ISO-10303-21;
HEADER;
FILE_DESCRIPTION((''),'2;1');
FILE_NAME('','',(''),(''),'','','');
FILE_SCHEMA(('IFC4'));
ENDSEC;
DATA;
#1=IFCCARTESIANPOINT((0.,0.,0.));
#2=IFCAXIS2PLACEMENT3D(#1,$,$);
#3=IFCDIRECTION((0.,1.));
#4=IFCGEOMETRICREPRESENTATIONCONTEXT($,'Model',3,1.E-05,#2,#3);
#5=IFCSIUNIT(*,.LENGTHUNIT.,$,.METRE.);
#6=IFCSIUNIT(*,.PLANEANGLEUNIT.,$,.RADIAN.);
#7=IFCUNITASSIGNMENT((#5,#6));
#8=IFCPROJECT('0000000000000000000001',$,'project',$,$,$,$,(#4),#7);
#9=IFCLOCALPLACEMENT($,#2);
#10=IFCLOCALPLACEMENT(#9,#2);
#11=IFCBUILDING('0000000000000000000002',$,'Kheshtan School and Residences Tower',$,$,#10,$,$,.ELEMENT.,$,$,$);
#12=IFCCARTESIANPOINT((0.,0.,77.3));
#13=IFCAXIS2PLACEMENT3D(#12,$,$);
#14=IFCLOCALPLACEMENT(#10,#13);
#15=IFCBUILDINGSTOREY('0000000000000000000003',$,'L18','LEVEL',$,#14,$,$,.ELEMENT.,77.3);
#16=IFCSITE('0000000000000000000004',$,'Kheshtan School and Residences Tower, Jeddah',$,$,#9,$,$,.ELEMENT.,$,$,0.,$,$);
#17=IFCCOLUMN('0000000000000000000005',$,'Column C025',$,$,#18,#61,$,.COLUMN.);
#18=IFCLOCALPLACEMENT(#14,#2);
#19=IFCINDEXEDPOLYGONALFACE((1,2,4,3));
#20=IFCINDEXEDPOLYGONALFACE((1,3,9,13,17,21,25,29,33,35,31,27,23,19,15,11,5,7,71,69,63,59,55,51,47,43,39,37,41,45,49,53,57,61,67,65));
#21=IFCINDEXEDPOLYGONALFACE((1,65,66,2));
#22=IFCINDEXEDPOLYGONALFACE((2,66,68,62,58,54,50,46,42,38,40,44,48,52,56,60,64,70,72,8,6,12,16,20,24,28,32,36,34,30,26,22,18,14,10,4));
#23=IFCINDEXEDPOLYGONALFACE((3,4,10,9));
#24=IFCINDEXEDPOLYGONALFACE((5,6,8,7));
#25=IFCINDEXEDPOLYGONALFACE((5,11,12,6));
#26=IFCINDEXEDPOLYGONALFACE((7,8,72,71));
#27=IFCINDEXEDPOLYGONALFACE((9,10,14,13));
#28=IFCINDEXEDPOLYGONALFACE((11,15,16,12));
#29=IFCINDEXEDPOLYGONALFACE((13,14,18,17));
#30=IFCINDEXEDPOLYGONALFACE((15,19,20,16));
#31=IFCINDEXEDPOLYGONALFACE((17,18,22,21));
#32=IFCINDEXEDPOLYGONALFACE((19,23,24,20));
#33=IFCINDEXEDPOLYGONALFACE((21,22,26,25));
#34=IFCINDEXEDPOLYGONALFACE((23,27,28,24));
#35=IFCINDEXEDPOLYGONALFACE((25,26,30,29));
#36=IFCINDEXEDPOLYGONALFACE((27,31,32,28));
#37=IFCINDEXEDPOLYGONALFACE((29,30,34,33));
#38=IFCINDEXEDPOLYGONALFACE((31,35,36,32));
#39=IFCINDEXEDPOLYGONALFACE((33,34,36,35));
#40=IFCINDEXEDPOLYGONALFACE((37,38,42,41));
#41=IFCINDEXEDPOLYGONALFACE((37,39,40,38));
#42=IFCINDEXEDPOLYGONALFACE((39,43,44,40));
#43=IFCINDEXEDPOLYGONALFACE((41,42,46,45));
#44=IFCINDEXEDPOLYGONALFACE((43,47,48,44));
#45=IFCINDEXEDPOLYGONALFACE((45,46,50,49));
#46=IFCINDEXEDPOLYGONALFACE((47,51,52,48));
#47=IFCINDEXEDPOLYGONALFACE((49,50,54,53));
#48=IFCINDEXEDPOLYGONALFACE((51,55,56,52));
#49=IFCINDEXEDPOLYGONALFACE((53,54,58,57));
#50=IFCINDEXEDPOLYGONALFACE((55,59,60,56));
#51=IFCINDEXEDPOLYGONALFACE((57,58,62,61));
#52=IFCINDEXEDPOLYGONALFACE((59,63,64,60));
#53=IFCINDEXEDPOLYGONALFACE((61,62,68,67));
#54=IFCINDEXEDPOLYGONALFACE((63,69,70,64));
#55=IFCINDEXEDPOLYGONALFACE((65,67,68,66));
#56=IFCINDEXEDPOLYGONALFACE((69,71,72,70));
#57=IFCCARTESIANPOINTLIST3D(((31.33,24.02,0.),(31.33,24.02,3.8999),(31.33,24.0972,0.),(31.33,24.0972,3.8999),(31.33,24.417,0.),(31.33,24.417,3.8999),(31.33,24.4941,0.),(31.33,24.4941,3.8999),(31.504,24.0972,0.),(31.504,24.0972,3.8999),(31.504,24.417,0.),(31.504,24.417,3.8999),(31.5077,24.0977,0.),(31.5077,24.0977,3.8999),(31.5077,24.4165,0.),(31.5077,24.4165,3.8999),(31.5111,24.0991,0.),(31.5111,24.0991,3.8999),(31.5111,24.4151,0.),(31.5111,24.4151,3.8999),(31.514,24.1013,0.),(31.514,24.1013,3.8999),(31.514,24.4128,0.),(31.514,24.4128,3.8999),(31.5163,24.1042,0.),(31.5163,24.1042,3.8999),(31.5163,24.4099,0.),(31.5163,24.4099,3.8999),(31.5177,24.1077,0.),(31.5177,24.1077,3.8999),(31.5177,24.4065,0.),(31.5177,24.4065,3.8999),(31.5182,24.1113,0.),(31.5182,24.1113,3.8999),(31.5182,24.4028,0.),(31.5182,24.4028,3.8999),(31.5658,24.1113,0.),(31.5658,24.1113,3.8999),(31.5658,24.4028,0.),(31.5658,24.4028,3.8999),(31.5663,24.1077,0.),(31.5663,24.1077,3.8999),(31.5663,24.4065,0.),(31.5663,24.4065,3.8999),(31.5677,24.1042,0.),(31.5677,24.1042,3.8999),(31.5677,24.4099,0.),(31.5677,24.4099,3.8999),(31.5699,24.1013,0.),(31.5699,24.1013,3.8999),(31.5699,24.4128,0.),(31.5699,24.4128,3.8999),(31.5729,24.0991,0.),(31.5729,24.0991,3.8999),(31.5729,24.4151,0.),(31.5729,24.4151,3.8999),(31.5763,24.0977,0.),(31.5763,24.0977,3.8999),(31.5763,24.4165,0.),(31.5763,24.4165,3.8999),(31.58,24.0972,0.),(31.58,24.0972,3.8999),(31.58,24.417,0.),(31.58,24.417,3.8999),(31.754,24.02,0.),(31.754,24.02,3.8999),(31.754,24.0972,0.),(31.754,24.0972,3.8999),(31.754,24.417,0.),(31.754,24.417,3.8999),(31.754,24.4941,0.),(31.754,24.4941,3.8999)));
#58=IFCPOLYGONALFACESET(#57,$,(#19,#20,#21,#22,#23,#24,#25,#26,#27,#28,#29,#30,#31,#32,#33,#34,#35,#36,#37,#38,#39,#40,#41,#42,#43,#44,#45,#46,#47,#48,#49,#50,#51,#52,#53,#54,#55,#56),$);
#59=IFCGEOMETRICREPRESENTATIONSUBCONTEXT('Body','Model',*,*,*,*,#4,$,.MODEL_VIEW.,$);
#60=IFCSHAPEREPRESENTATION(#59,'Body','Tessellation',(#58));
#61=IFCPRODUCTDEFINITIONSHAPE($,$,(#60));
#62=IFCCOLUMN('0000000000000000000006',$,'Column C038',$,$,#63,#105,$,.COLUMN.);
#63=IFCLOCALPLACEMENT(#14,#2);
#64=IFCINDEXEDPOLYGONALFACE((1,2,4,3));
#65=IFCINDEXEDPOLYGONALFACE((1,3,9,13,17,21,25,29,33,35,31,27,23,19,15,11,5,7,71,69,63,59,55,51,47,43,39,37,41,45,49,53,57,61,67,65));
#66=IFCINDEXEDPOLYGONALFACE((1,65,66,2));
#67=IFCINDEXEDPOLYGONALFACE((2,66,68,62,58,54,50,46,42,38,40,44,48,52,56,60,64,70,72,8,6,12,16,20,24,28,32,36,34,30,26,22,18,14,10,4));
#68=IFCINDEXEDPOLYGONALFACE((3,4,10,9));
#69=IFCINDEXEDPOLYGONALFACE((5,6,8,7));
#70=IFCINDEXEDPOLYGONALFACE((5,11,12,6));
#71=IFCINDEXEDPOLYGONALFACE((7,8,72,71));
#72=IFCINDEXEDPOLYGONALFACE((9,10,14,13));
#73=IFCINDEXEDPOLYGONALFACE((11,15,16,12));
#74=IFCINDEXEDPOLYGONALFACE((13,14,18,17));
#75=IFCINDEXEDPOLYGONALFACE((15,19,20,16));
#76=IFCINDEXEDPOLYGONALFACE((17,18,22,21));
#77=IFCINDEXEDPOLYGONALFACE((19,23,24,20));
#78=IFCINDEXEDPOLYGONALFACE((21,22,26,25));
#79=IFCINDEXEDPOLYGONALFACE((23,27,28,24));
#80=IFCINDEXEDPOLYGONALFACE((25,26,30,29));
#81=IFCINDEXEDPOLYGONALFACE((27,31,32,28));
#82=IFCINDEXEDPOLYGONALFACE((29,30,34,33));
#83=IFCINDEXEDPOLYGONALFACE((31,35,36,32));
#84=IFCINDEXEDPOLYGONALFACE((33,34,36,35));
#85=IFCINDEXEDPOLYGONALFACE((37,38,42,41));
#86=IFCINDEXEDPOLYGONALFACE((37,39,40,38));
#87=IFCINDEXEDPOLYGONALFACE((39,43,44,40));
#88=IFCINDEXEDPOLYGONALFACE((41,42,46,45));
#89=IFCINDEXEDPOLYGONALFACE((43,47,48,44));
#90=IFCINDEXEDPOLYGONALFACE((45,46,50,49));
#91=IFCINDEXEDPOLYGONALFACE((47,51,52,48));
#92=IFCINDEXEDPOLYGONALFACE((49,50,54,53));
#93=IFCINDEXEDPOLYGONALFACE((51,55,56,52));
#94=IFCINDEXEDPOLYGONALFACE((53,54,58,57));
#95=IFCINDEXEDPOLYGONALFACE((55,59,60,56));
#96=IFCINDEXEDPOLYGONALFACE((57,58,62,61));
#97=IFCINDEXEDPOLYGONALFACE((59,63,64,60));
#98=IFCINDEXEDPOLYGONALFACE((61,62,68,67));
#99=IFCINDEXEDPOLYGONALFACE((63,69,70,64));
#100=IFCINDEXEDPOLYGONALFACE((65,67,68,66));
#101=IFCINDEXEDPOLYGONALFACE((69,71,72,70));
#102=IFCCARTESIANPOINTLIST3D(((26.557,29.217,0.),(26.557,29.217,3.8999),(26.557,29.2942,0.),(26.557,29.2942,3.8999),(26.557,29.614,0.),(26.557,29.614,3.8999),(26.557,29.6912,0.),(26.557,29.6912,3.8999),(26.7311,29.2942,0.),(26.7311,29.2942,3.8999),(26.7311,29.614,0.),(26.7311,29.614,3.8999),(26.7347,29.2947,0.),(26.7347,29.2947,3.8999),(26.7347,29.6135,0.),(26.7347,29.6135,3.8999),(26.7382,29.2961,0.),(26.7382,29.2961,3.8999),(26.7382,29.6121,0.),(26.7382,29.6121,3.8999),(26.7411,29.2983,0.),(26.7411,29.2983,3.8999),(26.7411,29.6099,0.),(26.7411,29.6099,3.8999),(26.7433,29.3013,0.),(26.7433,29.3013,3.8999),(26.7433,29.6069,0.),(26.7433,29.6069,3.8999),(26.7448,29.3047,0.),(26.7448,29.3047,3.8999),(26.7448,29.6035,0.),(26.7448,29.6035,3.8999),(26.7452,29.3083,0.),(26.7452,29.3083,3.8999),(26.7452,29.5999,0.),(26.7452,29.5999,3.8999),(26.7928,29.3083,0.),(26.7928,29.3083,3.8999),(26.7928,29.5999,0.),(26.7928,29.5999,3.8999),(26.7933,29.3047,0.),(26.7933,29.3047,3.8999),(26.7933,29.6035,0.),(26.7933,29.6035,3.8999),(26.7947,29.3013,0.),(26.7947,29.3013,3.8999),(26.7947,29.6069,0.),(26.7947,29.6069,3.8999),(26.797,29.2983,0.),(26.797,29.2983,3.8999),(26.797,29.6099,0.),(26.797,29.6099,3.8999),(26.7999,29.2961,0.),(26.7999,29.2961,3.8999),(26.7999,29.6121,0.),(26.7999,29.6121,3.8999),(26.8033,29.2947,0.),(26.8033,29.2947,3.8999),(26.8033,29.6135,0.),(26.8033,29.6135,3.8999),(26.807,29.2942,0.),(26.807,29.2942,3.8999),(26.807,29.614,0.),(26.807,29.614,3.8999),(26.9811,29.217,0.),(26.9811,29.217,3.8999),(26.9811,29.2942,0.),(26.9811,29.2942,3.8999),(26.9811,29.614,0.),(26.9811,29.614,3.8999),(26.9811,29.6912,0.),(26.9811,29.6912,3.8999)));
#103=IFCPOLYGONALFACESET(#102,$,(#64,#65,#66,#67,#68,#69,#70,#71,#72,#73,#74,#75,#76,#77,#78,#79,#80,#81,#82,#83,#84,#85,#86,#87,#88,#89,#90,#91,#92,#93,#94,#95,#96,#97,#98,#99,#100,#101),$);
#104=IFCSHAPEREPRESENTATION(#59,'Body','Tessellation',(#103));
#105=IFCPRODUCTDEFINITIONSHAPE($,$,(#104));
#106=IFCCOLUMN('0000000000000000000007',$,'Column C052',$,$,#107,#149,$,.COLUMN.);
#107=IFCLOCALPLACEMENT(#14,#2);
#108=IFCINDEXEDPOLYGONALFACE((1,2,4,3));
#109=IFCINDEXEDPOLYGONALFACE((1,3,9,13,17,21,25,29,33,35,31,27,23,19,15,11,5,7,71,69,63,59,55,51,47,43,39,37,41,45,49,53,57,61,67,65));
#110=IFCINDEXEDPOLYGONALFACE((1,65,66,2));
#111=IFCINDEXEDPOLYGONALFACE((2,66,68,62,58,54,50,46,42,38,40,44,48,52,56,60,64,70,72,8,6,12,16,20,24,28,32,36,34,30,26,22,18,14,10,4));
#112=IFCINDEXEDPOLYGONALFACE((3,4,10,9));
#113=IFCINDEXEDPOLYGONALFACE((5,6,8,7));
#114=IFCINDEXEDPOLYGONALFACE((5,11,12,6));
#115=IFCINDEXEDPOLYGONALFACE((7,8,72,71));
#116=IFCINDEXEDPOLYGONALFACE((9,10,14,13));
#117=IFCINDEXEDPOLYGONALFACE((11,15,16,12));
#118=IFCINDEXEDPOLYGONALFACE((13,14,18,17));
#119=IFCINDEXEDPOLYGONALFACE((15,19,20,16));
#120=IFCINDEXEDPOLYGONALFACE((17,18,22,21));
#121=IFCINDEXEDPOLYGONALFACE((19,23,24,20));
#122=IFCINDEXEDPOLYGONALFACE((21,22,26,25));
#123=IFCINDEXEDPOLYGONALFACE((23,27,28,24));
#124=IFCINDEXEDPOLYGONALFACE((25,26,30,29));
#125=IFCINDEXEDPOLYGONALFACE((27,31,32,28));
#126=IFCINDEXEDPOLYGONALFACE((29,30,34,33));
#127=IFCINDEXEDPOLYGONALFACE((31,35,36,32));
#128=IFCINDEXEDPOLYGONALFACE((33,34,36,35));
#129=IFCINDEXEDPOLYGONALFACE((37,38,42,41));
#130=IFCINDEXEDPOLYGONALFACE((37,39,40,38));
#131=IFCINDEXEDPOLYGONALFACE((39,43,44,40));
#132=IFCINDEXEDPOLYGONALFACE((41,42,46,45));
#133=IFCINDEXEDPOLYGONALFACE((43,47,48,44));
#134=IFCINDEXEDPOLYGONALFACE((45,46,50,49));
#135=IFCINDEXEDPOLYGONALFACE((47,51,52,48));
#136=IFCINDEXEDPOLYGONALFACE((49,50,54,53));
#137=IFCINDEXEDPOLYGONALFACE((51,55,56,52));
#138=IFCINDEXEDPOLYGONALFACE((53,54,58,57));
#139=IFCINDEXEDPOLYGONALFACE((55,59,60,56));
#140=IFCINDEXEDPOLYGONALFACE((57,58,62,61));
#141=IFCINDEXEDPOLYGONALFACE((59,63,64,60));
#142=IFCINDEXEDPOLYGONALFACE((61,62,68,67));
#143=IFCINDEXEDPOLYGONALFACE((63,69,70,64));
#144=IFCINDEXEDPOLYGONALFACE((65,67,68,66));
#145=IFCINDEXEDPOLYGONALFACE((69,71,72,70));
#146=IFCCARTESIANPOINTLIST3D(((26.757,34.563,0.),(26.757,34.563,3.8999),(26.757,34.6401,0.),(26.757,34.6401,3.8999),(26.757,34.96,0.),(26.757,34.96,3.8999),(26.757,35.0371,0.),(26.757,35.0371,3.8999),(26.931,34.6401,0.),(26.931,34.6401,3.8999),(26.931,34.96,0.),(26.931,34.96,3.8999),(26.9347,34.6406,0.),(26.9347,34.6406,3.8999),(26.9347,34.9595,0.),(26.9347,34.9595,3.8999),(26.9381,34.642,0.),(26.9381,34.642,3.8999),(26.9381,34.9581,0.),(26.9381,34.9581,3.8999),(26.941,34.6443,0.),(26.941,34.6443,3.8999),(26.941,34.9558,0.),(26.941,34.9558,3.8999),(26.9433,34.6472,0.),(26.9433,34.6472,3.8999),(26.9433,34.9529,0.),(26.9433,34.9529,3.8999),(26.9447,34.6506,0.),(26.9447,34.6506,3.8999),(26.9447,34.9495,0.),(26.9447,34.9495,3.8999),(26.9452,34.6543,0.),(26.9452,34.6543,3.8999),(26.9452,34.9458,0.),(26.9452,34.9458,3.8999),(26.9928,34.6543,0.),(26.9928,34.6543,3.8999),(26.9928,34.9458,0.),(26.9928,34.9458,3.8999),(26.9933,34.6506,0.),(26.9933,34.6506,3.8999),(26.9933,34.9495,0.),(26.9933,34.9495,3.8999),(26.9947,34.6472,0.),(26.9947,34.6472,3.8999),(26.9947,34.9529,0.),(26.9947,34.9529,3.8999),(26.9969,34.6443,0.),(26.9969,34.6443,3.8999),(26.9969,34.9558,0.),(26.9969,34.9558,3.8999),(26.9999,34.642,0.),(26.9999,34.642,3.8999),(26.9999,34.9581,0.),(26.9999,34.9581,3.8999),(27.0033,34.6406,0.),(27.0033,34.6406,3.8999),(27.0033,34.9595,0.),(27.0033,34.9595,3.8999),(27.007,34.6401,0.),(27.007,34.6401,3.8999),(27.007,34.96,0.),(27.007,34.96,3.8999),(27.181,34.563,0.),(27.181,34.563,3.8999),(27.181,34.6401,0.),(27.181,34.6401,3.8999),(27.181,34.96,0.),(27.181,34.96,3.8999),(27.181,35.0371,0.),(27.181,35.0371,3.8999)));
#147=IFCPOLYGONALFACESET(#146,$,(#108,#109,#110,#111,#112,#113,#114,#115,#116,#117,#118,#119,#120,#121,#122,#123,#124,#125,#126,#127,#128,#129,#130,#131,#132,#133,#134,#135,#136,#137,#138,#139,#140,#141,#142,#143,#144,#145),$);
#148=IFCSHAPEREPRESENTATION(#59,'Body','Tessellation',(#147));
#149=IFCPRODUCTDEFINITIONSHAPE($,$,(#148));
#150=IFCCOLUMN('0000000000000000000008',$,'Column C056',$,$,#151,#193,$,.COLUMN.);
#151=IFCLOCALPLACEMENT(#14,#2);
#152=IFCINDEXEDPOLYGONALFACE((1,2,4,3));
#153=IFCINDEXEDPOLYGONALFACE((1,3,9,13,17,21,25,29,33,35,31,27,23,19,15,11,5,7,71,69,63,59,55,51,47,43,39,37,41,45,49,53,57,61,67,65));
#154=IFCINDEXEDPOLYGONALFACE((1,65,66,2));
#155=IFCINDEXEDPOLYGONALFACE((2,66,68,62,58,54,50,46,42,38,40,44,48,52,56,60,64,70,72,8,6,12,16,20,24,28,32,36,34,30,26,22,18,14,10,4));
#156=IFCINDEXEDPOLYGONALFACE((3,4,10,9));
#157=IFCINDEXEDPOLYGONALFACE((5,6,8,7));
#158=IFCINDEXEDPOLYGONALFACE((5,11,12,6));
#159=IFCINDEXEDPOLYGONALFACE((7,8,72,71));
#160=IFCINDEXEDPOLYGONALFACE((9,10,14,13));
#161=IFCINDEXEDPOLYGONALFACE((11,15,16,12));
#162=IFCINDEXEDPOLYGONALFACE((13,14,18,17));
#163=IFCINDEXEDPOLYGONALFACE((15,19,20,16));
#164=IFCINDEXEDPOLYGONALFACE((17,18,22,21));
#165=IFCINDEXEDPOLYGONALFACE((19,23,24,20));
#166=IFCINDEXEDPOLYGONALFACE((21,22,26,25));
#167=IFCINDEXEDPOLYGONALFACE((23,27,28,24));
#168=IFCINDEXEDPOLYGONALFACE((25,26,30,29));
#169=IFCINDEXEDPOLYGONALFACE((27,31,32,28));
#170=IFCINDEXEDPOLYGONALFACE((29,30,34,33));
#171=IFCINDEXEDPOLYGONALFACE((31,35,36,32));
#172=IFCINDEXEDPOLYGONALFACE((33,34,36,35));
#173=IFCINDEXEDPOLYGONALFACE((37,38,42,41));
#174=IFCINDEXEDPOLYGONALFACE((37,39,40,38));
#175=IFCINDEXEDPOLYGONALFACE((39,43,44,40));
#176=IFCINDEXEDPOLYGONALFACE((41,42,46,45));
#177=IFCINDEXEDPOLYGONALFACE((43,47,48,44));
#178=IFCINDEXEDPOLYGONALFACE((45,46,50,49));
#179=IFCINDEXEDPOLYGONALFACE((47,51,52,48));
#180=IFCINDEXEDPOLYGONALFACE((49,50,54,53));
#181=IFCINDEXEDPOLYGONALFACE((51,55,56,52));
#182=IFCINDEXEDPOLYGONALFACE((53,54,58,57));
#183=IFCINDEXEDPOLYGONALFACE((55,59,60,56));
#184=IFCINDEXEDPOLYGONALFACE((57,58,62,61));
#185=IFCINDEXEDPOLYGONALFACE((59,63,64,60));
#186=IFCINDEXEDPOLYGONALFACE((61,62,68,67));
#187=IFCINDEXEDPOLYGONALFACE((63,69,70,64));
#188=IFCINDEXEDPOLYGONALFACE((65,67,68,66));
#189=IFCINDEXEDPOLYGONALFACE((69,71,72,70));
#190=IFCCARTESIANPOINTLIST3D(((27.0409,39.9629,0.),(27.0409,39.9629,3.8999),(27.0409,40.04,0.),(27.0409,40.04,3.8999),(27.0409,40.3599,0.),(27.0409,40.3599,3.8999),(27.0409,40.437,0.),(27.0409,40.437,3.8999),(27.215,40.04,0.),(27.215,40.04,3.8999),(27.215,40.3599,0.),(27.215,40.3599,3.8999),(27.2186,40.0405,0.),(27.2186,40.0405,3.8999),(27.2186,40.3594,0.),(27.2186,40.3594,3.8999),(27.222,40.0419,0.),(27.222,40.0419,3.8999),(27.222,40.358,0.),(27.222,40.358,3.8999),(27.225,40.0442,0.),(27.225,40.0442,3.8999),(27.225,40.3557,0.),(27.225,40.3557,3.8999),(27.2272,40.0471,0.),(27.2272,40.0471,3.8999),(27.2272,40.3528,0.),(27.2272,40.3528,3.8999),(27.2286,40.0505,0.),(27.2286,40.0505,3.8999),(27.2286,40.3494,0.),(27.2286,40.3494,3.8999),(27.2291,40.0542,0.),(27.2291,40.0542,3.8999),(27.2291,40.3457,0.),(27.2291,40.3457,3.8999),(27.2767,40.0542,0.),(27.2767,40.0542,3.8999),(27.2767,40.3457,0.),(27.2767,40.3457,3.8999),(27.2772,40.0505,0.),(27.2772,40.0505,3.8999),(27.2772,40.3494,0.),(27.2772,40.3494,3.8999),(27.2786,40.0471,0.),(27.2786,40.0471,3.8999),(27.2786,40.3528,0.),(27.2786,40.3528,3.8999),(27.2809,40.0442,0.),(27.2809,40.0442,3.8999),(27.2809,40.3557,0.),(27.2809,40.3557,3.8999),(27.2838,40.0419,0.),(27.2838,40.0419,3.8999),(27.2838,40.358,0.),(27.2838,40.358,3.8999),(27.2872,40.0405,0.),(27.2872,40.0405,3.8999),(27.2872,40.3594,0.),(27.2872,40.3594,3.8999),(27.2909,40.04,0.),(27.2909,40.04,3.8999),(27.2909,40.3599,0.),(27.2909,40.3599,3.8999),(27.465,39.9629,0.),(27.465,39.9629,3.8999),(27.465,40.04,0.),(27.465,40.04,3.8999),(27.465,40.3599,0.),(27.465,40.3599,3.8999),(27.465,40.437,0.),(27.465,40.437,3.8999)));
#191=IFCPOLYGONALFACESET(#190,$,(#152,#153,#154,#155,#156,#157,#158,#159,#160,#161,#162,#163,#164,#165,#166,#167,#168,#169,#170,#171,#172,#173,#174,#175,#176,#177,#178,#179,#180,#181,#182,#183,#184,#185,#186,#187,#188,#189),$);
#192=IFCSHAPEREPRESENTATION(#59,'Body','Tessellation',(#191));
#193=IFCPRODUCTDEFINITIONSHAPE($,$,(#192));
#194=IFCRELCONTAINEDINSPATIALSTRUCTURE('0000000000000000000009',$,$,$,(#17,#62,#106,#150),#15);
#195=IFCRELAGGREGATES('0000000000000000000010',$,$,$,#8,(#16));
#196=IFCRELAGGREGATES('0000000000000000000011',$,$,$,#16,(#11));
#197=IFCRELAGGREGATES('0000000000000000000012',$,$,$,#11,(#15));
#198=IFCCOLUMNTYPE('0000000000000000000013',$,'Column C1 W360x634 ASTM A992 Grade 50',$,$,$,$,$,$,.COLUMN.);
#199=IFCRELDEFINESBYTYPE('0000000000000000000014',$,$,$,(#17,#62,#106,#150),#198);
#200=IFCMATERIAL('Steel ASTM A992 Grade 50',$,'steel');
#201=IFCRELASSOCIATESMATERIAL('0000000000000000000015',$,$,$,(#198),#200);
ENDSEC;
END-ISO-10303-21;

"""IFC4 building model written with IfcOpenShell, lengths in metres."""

from ifc_helpers import new_model, si_unit, direction, frame, origin, origin_2d, place, context, subcontext, project, spatial, i_section, extrude, material, material_profile, profile_set, type_object, element, save


model = new_model("IFC4")

# Units and contexts
model_context = context("Model", 3, precision=1e-05, world=origin(), true_north=direction((0.0, 1.0)))
body_context = subcontext(model_context, "Body", "Model", "MODEL_VIEW")
ifc_project = project(units=[si_unit("LENGTHUNIT", "METRE"), si_unit("PLANEANGLEUNIT", "RADIAN")], contexts=[model_context])

# Site, building, storey
site_placement = place(None, origin())
site = spatial("IfcSite", under=ifc_project, at=site_placement, Name="Kheshtan School and Residences Tower, Jeddah", CompositionType="ELEMENT", RefElevation=0.0)
building_placement = place(site_placement, origin())
building = spatial("IfcBuilding", under=site, at=building_placement, Name="Kheshtan School and Residences Tower", CompositionType="ELEMENT")
storey_placement = place(building_placement, frame((0.0, 0.0, 77.3)))
storey = spatial("IfcBuildingStorey", under=building, at=storey_placement, Name="L18", Description="LEVEL", CompositionType="ELEMENT", Elevation=77.3)

# Columns
ifc_material_1 = material(Name="Steel ASTM A992 Grade 50", Category="steel")
ifc_material_profile_1 = material_profile(ifc_material_1, i_section(OverallWidth=0.4241, OverallDepth=0.4741, WebThickness=0.0476, FlangeThickness=0.0771, FilletRadius=0.0142, at=origin_2d()), Name="W360x634")
ifc_profile_set_1 = profile_set([ifc_material_profile_1], Name="Steel ASTM A992 Grade 50")
column_type = type_object("IfcColumnType", Name="Column C1 W360x634 ASTM A992 Grade 50", PredefinedType="COLUMN", material=ifc_profile_set_1)
for number, where, z_axis, x_axis, name in (
    (1, (31.542, 24.2571, 0.0), (0.0, 0.0, 1.0), (1.0, 0.0, 0.0), "Column C025"),
    (2, (26.769, 29.4541, 0.0), (0.0, 0.0, 1.0), (1.0, 0.0, 0.0), "Column C038"),
    (3, (26.969, 34.8, 0.0), (0.0, 0.0, 1.0), (1.0, 0.0, 0.0), "Column C052"),
    (4, (27.2529, 40.2, 0.0), (0.0, 0.0, 1.0), (1.0, 0.0, 0.0), "Column C056"),
):
    element("IfcColumn", number, at=place(storey_placement, frame(where, z_axis=z_axis, x_axis=x_axis)), inside=storey, type_object=column_type, Name=name, PredefinedType="COLUMN", context=body_context, shape_type="SweptSolid", body=[
        extrude(i_section(OverallWidth=0.4241, OverallDepth=0.4741, WebThickness=0.0476, FlangeThickness=0.0771, FilletRadius=0.0142, at=origin_2d()), origin(), (0.0, 0.0, 1.0), 3.8999),
    ])

save(model, "model.ifc")
